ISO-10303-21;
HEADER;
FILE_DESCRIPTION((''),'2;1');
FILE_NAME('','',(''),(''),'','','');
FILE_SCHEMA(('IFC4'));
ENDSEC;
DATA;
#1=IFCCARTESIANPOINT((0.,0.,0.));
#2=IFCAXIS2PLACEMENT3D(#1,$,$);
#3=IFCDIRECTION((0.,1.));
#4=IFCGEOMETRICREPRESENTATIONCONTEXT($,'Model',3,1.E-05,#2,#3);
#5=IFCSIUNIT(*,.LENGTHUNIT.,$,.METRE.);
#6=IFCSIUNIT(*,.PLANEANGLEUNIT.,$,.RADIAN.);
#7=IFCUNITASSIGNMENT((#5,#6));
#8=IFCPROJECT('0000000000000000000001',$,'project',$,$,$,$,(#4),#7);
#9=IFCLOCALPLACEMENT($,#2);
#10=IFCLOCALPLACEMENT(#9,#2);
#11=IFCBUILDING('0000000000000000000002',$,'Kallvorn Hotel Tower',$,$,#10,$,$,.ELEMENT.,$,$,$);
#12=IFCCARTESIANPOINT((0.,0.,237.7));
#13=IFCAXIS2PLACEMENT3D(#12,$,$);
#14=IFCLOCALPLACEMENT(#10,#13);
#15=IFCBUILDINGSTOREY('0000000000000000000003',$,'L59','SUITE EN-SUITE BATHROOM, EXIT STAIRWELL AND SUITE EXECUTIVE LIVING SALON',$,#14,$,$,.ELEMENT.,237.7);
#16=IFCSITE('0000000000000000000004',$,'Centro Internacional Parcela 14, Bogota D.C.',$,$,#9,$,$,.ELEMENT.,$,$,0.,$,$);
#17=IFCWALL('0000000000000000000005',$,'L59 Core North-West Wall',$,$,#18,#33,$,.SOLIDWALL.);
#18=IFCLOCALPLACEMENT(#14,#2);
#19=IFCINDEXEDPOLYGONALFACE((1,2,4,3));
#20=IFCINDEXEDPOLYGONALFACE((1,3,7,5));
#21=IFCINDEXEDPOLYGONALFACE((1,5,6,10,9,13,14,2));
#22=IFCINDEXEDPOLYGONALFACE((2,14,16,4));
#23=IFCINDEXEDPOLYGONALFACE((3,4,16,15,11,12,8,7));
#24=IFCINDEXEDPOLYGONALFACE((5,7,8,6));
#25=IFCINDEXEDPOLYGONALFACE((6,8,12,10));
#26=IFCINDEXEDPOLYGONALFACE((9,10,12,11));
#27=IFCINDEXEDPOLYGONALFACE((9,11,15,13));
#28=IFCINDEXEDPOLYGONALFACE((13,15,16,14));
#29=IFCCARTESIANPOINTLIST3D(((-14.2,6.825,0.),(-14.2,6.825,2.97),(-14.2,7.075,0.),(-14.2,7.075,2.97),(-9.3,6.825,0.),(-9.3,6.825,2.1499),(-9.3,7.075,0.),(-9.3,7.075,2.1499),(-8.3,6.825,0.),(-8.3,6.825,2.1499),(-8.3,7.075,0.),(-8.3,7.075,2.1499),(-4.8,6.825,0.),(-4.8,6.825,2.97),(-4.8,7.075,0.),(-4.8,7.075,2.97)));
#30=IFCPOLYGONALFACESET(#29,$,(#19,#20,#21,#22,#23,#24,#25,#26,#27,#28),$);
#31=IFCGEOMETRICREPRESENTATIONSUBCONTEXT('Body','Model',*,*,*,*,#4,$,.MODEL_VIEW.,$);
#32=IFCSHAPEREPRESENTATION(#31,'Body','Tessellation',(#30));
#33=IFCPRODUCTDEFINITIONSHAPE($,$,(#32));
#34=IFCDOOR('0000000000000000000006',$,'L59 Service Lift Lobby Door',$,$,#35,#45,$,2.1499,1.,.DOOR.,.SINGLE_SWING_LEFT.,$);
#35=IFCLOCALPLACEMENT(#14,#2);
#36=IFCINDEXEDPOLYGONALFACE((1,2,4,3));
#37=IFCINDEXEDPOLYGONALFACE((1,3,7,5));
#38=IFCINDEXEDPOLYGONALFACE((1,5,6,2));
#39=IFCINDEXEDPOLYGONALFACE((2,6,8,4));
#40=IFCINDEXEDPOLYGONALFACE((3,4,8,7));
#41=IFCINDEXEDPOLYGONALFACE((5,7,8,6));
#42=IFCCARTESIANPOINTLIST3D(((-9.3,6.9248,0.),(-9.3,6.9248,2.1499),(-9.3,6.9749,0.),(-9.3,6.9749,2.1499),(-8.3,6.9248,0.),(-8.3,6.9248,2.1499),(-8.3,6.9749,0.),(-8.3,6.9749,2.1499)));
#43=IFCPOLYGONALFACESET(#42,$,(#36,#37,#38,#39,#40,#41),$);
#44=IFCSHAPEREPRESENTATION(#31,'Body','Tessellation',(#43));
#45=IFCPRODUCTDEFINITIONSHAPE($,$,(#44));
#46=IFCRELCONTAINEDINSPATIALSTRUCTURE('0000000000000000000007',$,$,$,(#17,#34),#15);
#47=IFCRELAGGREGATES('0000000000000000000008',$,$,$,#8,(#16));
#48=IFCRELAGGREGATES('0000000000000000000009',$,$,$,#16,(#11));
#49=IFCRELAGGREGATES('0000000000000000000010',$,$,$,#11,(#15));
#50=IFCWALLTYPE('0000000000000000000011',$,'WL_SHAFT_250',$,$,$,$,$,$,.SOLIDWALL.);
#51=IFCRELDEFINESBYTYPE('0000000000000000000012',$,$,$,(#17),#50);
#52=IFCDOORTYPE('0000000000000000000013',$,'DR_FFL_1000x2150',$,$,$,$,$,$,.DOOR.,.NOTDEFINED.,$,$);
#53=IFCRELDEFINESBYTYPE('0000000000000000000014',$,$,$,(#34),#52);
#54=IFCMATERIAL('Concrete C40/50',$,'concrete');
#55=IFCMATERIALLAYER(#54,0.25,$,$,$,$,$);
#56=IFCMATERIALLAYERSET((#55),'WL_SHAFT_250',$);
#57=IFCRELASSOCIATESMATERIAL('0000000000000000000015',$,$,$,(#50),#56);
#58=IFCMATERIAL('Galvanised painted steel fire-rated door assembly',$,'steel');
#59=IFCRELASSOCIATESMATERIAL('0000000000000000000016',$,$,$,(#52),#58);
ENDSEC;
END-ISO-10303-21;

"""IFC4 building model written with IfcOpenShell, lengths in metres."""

from ifc_helpers import new_model, si_unit, direction, frame, frame_2d, origin, place, context, subcontext, project, spatial, rectangle, extrude, material, layer, layer_set, type_object, element, fill, save


model = new_model("IFC4")

# Units and contexts
model_context = context("Model", 3, precision=1e-05, world=origin(), true_north=direction((0.0, 1.0)))
body_context = subcontext(model_context, "Body", "Model", "MODEL_VIEW")
ifc_project = project(units=[si_unit("LENGTHUNIT", "METRE"), si_unit("PLANEANGLEUNIT", "RADIAN")], contexts=[model_context])

# Site, building, storey
site_placement = place(None, origin())
site = spatial("IfcSite", under=ifc_project, at=site_placement, Name="Centro Internacional Parcela 14, Bogota D.C.", CompositionType="ELEMENT", RefElevation=0.0)
building_placement = place(site_placement, origin())
building = spatial("IfcBuilding", under=site, at=building_placement, Name="Kallvorn Hotel Tower", CompositionType="ELEMENT")
storey_placement = place(building_placement, frame((0.0, 0.0, 237.7)))
storey = spatial("IfcBuildingStorey", under=building, at=storey_placement, Name="L59", Description="SUITE EN-SUITE BATHROOM, EXIT STAIRWELL AND SUITE EXECUTIVE LIVING SALON", CompositionType="ELEMENT", Elevation=237.7)

# Wall, opening, door
ifc_material_1 = material(Name="Concrete C40/50", Category="concrete")
ifc_layer_1 = layer(ifc_material_1, 0.25)
ifc_layer_set_1 = layer_set([ifc_layer_1], Name="WL_SHAFT_250")
wall_type_1 = type_object("IfcWallType", Name="WL_SHAFT_250", PredefinedType="SOLIDWALL", material=ifc_layer_set_1)
wall_1_placement = place(storey_placement, frame((-14.2, 6.95, 0.0), z_axis=(0.0, 0.0, 1.0), x_axis=(1.0, 0.0, 0.0)))
wall_1 = element("IfcWall", 1, at=wall_1_placement, inside=storey, type_object=wall_type_1, Name="L59 Core North-West Wall", PredefinedType="SOLIDWALL", context=body_context, shape_type="SweptSolid", body=[
    extrude(rectangle(XDim=9.3999, YDim=0.25, at=frame_2d((4.7, 0.0))), origin(), (0.0, 0.0, 1.0), 2.97),
])
opening_1_placement = place(wall_1_placement, frame((4.8999, 0.0, 0.0)))
opening_1 = element("IfcOpeningElement", 2, at=opening_1_placement, cuts=wall_1, PredefinedType="OPENING", context=body_context, shape_type="SweptSolid", body=[
    extrude(rectangle(XDim=1.0, YDim=2.1499, at=frame_2d((0.5, 1.075))), frame((0.0, 0.1399, 0.0), z_axis=(0.0, -1.0, 0.0), x_axis=(1.0, 0.0, 0.0)), (0.0, 0.0, 1.0), 0.28),
])
ifc_material_2 = material(Name="Galvanised painted steel fire-rated door assembly", Category="steel")
door_type_1 = type_object("IfcDoorType", Name="DR_FFL_1000x2150", OperationType="NOTDEFINED", PredefinedType="DOOR", material=ifc_material_2)
door_1_placement = place(opening_1_placement, origin())
door_1 = element("IfcDoor", 3, at=door_1_placement, inside=storey, type_object=door_type_1, Name="L59 Service Lift Lobby Door", OperationType="SINGLE_SWING_LEFT", OverallHeight=2.1499, OverallWidth=1.0, PredefinedType="DOOR", context=body_context, shape_type="SweptSolid", body=[
    extrude(rectangle(XDim=1.0, YDim=2.1499, at=frame_2d((0.5, 1.075))), frame((0.0, 0.0249, 0.0), z_axis=(0.0, -1.0, 0.0), x_axis=(1.0, 0.0, 0.0)), (0.0, 0.0, 1.0), 0.05),
])
fill(opening_1, door_1)

save(model, "model.ifc")
